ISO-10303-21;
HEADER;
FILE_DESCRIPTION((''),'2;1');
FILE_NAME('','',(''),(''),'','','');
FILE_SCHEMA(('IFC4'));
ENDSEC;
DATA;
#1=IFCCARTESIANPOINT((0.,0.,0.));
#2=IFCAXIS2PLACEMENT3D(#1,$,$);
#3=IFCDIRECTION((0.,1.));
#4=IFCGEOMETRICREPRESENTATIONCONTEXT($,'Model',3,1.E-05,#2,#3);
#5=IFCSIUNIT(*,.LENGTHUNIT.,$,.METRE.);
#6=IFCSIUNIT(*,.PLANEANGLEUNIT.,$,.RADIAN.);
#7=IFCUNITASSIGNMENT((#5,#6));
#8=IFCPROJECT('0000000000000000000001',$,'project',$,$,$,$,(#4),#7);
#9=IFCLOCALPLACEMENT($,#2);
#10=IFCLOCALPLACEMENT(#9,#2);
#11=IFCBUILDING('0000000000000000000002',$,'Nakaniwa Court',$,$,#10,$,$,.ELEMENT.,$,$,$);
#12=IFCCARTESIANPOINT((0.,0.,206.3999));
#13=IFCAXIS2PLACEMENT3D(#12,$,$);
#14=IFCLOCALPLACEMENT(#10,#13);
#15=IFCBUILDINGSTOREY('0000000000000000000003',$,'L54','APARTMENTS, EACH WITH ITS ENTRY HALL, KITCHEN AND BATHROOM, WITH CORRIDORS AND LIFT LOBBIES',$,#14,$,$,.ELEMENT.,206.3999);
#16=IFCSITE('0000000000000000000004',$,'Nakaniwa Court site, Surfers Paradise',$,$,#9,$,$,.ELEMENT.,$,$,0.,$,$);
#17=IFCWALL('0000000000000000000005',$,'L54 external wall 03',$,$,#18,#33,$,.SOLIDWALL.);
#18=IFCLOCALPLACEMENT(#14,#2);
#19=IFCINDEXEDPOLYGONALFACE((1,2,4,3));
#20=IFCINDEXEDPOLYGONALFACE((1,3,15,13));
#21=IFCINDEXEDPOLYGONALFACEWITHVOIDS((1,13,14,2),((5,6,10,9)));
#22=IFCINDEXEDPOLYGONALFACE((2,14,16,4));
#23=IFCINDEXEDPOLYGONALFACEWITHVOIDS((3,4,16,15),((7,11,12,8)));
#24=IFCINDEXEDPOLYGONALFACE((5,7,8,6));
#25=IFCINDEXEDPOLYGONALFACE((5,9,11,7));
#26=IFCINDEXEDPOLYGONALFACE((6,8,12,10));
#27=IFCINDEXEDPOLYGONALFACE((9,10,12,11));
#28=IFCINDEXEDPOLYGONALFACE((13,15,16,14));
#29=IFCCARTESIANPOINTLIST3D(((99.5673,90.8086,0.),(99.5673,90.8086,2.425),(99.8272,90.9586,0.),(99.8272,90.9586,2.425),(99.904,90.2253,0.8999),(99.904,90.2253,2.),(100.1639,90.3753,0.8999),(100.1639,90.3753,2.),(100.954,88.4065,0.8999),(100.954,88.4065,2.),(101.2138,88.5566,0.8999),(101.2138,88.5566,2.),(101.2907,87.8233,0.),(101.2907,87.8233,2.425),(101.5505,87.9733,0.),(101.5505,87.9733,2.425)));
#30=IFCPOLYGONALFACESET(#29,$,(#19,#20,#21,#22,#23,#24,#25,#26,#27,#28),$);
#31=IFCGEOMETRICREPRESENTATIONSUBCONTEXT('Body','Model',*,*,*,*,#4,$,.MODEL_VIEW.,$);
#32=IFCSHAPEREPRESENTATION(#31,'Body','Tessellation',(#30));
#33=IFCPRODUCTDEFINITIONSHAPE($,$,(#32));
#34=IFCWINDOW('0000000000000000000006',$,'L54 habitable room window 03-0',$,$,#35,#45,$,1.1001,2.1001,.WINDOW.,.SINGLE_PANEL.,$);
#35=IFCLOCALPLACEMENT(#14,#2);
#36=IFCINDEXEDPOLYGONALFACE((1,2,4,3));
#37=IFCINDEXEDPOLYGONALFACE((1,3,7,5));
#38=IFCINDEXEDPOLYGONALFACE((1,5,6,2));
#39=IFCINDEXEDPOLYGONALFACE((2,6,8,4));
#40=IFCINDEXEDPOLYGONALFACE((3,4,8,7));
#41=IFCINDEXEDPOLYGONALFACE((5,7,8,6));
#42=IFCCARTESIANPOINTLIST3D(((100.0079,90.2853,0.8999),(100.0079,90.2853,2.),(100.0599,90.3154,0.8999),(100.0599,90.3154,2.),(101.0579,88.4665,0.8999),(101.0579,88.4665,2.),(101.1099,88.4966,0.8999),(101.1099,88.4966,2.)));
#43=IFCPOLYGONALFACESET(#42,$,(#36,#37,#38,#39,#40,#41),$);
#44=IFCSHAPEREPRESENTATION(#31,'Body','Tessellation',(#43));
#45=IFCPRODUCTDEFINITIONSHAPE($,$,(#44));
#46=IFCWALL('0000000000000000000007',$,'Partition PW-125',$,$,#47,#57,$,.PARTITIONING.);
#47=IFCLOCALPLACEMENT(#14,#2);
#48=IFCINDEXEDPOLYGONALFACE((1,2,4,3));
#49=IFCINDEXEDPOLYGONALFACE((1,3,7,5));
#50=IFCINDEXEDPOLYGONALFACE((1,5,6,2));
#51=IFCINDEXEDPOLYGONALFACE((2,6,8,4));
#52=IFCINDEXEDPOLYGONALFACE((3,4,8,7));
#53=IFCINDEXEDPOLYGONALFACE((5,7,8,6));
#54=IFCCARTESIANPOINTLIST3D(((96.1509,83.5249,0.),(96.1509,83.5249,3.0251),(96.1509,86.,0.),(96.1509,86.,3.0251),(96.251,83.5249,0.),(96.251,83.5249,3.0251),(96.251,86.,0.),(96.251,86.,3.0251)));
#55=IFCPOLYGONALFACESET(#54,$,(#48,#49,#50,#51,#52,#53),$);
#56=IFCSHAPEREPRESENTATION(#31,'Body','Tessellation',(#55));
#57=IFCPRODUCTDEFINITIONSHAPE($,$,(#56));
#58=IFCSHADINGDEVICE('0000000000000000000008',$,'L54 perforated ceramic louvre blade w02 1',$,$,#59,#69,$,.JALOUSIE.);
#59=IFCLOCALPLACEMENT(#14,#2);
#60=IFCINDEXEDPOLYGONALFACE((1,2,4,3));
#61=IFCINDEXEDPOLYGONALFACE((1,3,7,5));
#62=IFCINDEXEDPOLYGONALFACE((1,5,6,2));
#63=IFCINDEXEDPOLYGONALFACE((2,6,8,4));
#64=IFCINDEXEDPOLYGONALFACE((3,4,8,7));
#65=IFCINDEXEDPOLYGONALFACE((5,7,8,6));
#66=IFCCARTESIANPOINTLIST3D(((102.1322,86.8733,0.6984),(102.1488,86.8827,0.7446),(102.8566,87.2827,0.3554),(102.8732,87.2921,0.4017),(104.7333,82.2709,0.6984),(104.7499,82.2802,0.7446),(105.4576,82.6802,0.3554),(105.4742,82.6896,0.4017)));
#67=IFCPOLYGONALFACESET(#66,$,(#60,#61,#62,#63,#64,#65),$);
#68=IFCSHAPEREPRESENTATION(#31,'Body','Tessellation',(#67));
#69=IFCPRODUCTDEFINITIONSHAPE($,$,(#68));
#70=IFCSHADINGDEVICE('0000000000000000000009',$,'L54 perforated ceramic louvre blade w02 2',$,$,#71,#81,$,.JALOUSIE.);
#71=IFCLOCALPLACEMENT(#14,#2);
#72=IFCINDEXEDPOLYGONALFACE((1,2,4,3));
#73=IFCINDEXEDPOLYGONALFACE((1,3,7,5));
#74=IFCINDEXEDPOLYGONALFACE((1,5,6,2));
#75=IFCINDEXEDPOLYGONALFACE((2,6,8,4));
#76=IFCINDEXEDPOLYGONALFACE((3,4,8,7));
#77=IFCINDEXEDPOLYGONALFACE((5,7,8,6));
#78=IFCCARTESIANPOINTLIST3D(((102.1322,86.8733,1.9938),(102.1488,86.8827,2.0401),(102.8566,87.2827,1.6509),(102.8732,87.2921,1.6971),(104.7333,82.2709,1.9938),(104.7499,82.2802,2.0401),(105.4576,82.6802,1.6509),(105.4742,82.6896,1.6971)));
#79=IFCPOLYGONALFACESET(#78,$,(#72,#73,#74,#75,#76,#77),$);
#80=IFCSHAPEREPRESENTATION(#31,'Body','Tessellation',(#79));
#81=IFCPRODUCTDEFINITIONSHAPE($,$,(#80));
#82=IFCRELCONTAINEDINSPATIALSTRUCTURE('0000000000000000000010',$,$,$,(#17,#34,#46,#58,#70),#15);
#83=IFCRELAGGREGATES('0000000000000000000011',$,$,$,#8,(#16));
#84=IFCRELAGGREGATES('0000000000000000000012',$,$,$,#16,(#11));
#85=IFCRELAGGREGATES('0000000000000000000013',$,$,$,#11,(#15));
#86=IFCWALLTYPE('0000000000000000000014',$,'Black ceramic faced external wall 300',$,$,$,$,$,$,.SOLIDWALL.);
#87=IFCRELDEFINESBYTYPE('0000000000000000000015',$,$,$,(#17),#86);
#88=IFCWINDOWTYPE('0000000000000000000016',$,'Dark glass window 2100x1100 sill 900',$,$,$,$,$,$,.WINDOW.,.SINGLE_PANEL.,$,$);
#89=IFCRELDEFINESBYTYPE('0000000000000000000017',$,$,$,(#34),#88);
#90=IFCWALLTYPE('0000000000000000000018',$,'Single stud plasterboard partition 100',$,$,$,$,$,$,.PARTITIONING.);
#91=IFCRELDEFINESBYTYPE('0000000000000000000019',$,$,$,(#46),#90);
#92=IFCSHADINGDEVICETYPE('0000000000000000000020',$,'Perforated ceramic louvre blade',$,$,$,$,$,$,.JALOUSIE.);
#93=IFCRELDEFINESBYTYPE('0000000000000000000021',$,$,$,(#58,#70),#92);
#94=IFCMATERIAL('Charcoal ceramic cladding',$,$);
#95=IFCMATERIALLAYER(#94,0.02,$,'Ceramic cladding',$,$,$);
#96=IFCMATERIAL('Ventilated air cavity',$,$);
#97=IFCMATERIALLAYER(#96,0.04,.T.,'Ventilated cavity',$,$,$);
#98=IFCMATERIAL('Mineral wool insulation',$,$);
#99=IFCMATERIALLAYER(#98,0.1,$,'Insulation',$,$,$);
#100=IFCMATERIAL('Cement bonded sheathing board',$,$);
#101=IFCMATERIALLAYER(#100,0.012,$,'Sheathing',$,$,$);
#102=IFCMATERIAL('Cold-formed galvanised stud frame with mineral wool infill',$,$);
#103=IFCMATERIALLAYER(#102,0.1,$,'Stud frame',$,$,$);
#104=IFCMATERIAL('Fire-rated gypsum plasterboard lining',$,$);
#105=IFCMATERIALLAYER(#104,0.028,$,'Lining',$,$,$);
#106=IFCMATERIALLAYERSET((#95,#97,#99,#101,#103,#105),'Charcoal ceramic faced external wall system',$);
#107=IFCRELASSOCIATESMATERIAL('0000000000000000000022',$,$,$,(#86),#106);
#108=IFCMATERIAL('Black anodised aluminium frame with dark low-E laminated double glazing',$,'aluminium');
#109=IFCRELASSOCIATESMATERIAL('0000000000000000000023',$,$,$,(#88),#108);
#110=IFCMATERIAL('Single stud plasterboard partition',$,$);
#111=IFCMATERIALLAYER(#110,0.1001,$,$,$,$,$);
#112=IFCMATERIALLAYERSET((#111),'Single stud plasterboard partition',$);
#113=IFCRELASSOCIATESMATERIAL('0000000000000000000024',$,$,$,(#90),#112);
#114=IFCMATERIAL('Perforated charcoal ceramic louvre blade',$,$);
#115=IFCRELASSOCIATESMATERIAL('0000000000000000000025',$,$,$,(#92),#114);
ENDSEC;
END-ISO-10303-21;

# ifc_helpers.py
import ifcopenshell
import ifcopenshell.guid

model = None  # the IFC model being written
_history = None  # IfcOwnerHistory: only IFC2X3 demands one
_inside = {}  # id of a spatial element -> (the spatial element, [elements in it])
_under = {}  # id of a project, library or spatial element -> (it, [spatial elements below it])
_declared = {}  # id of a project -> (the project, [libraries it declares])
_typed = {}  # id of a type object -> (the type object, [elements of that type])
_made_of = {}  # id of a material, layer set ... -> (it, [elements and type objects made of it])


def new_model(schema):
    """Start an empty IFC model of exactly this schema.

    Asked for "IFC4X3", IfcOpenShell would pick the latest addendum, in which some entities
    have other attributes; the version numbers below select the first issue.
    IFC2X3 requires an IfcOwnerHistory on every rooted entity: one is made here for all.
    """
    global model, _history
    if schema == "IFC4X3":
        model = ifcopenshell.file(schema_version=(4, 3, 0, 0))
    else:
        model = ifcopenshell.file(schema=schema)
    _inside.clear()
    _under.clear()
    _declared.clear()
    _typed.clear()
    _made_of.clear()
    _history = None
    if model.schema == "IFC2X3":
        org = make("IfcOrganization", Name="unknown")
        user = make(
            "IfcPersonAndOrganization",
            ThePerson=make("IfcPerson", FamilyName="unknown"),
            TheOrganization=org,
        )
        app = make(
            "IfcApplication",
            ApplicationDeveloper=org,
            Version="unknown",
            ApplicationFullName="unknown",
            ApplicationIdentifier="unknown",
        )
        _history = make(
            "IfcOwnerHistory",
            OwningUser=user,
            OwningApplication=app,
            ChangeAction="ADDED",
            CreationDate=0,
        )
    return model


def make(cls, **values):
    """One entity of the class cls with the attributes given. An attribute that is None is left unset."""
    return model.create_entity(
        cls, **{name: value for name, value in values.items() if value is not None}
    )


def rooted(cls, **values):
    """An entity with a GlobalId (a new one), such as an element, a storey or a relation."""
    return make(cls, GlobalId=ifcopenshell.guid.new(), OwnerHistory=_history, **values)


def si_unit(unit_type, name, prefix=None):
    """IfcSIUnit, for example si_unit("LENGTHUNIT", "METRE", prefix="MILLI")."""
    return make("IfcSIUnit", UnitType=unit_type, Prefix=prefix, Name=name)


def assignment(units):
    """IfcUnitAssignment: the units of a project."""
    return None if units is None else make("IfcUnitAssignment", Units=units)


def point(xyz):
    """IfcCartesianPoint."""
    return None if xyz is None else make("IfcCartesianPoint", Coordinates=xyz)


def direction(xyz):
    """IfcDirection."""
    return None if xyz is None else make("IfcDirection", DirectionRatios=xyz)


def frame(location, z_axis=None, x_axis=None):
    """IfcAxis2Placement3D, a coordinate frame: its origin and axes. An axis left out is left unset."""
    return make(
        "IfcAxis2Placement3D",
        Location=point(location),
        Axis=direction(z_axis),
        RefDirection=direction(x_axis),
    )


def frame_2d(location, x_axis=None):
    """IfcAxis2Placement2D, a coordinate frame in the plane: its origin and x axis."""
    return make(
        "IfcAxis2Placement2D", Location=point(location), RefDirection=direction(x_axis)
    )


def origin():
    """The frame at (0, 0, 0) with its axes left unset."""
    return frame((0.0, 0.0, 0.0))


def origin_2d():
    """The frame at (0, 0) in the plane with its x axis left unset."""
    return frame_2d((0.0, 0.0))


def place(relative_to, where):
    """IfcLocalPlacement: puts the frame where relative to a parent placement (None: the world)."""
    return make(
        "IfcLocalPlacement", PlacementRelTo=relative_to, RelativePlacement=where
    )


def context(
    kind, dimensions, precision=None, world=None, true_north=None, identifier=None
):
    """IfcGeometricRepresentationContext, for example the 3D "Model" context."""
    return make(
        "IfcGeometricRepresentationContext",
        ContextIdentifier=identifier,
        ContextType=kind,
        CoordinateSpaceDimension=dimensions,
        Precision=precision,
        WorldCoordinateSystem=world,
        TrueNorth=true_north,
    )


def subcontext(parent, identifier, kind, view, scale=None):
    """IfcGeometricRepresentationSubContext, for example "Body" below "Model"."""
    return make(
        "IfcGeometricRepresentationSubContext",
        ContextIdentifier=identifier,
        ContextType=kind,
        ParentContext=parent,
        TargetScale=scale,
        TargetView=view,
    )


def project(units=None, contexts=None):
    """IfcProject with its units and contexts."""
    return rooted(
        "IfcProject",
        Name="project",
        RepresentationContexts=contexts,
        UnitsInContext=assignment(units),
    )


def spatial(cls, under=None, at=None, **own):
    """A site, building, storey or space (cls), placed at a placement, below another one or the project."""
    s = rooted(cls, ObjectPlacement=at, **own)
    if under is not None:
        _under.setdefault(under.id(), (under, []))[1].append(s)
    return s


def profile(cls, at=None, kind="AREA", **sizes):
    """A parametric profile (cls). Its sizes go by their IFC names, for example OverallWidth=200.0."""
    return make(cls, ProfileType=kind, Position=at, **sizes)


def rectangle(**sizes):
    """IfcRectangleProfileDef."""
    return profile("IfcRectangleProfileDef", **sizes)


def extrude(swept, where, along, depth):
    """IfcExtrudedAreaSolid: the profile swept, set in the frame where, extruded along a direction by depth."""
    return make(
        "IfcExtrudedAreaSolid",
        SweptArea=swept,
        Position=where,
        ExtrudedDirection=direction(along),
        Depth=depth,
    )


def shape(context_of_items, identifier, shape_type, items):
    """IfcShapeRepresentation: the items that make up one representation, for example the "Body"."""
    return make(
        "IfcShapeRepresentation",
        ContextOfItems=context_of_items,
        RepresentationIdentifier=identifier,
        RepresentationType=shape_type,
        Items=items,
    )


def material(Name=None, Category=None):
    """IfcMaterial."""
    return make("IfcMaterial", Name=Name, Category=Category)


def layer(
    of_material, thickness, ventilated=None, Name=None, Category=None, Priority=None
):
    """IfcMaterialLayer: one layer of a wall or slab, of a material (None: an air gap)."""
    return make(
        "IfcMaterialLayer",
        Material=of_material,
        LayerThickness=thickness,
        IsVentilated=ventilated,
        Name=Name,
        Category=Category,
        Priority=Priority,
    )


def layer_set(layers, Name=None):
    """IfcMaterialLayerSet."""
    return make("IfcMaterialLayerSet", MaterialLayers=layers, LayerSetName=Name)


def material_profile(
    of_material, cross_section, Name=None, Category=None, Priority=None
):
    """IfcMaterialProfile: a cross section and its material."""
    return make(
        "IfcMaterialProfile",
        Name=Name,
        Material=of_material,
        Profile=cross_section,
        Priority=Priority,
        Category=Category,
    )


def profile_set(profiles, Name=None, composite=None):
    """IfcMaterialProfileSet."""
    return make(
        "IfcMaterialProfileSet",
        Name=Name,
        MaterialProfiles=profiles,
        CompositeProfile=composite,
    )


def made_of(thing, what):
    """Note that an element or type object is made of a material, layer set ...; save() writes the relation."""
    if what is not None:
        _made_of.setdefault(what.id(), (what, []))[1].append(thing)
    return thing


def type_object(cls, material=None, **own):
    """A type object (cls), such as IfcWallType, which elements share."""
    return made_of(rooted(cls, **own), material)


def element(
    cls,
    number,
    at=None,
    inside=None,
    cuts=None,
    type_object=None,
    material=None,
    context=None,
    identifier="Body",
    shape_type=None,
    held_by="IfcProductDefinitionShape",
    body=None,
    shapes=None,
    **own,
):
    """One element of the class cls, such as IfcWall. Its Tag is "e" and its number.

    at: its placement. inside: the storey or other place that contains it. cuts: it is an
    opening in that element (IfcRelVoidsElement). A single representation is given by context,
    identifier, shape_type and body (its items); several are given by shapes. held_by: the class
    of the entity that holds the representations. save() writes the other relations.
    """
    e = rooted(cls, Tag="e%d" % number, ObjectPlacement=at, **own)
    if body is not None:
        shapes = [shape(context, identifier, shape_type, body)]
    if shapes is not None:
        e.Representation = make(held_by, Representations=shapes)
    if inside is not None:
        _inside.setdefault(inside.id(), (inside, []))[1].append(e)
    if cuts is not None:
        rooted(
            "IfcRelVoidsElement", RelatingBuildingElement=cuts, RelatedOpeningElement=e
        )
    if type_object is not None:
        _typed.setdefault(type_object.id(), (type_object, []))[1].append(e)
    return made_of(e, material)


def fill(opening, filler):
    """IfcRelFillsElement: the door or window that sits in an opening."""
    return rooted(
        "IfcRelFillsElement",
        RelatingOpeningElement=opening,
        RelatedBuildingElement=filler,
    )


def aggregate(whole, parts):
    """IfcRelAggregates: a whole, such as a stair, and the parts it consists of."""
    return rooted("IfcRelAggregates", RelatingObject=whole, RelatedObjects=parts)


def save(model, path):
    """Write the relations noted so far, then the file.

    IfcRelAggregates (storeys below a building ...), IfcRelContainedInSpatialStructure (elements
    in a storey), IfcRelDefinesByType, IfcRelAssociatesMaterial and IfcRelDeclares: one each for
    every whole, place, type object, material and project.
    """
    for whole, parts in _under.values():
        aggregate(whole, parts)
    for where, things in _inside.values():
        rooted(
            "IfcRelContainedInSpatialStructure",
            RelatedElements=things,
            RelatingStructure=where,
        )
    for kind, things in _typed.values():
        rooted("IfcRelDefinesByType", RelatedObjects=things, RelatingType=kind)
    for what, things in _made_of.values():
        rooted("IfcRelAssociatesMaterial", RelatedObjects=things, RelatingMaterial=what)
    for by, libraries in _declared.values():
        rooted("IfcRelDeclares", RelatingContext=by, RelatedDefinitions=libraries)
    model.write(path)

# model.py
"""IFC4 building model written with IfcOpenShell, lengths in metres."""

from ifc_helpers import new_model, si_unit, direction, frame, frame_2d, origin, origin_2d, place, context, subcontext, project, spatial, rectangle, extrude, material, layer, layer_set, material_profile, profile_set, type_object, element, fill, save


model = new_model("IFC4")

# Units and contexts
model_context = context("Model", 3, precision=1e-05, world=origin(), true_north=direction((0.0, 1.0)))
body_context = subcontext(model_context, "Body", "Model", "MODEL_VIEW")
ifc_project = project(units=[si_unit("LENGTHUNIT", "METRE"), si_unit("PLANEANGLEUNIT", "RADIAN")], contexts=[model_context])

# Site, building, storey
site_placement = place(None, origin())
site = spatial("IfcSite", under=ifc_project, at=site_placement, Name="Nakaniwa Court site, Surfers Paradise", CompositionType="ELEMENT", RefElevation=0.0)
building_placement = place(site_placement, origin())
building = spatial("IfcBuilding", under=site, at=building_placement, Name="Nakaniwa Court", CompositionType="ELEMENT")
storey_placement = place(building_placement, frame((0.0, 0.0, 206.3999)))
storey = spatial("IfcBuildingStorey", under=building, at=storey_placement, Name="L54", Description="APARTMENTS, EACH WITH ITS ENTRY HALL, KITCHEN AND BATHROOM, WITH CORRIDORS AND LIFT LOBBIES", CompositionType="ELEMENT", Elevation=206.3999)

# Wall, opening, window
ifc_material_1 = material(Name="Charcoal ceramic cladding")
ifc_layer_1 = layer(ifc_material_1, 0.02, Name="Ceramic cladding")
ifc_material_2 = material(Name="Ventilated air cavity")
ifc_layer_2 = layer(ifc_material_2, 0.04, ventilated=True, Name="Ventilated cavity")
ifc_material_3 = material(Name="Mineral wool insulation")
ifc_layer_3 = layer(ifc_material_3, 0.1, Name="Insulation")
ifc_material_4 = material(Name="Cement bonded sheathing board")
ifc_layer_4 = layer(ifc_material_4, 0.012, Name="Sheathing")
ifc_material_5 = material(Name="Cold-formed galvanised stud frame with mineral wool infill")
ifc_layer_5 = layer(ifc_material_5, 0.1, Name="Stud frame")
ifc_material_6 = material(Name="Fire-rated gypsum plasterboard lining")
ifc_layer_6 = layer(ifc_material_6, 0.028, Name="Lining")
ifc_layer_set_1 = layer_set([ifc_layer_1, ifc_layer_2, ifc_layer_3, ifc_layer_4, ifc_layer_5, ifc_layer_6], Name="Charcoal ceramic faced external wall system")
wall_type_1 = type_object("IfcWallType", Name="Black ceramic faced external wall 300", PredefinedType="SOLIDWALL", material=ifc_layer_set_1)
ifc_material_7 = material(Name="Black anodised aluminium frame with dark low-E laminated double glazing", Category="aluminium")
window_type_1 = type_object("IfcWindowType", Name="Dark glass window 2100x1100 sill 900", PartitioningType="SINGLE_PANEL", PredefinedType="WINDOW", material=ifc_material_7)
wall_1_placement = place(storey_placement, frame((101.4207, 87.8982, 0.0), z_axis=(0.0, 0.0, 1.0), x_axis=(-0.499955, 0.866051, 0.0)))
wall_1 = element("IfcWall", 1, at=wall_1_placement, inside=storey, type_object=wall_type_1, Name="L54 external wall 03", PredefinedType="SOLIDWALL", context=body_context, shape_type="SweptSolid", body=[
    extrude(rectangle(XDim=3.447, YDim=0.3, at=frame_2d((1.7236, 0.0))), origin(), (0.0, 0.0, 1.0), 2.425),
])
opening_1_placement = place(wall_1_placement, frame((0.6736, 0.0, 0.8999)))
opening_1 = element("IfcOpeningElement", 2, at=opening_1_placement, cuts=wall_1, PredefinedType="OPENING", context=body_context, shape_type="SweptSolid", body=[
    extrude(rectangle(XDim=2.1001, YDim=1.1001, at=frame_2d((1.05, 0.55))), frame((0.0, 0.1599, 0.0), z_axis=(0.0, -1.0, 0.0), x_axis=(1.0, 0.0, 0.0)), (0.0, 0.0, 1.0), 0.3201),
])
window_1_placement = place(opening_1_placement, origin())
window_1 = element("IfcWindow", 3, at=window_1_placement, inside=storey, type_object=window_type_1, Name="L54 habitable room window 03-0", OverallHeight=1.1001, OverallWidth=2.1001, PartitioningType="SINGLE_PANEL", PredefinedType="WINDOW", context=body_context, shape_type="SweptSolid", body=[
    extrude(rectangle(XDim=2.1001, YDim=1.1001, at=frame_2d((1.05, 0.55))), frame((0.0, 0.03, 0.0), z_axis=(0.0, -1.0, 0.0), x_axis=(1.0, 0.0, 0.0)), (0.0, 0.0, 1.0), 0.0601),
])
fill(opening_1, window_1)

# Wall
ifc_material_8 = material(Name="Single stud plasterboard partition")
ifc_layer_7 = layer(ifc_material_8, 0.1001)
ifc_layer_set_2 = layer_set([ifc_layer_7], Name="Single stud plasterboard partition")
wall_type_2 = type_object("IfcWallType", Name="Single stud plasterboard partition 100", PredefinedType="PARTITIONING", material=ifc_layer_set_2)
wall_2_placement = place(storey_placement, frame((96.2009, 83.5249, 0.0), z_axis=(0.0, 0.0, 1.0), x_axis=(0.0, 1.0, 0.0)))
element("IfcWall", 4, at=wall_2_placement, inside=storey, type_object=wall_type_2, Name="Partition PW-125", PredefinedType="PARTITIONING", context=body_context, shape_type="SweptSolid", body=[
    extrude(rectangle(XDim=2.4751, YDim=0.1001, at=frame_2d((1.2375, 0.0))), origin(), (0.0, 0.0, 1.0), 3.0251),
])

# Shading devices
ifc_material_9 = material(Name="Perforated charcoal ceramic louvre blade")
ifc_material_profile_1 = material_profile(ifc_material_9, rectangle(XDim=0.8999, YDim=0.05, at=origin_2d()), Name="Perforated ceramic louvre blade")
ifc_profile_set_1 = profile_set([ifc_material_profile_1], Name="Perforated charcoal ceramic louvre blade")
shading_device_type = type_object("IfcShadingDeviceType", Name="Perforated ceramic louvre blade", PredefinedType="JALOUSIE", material=ifc_profile_set_1)
for number, where, z_axis, x_axis, name in (
    (5, (105.1038, 82.4802, 0.55), (-0.492006, 0.870592, 0.0), (-0.804902, -0.454882, 0.38107), "L54 perforated ceramic louvre blade w02 1"),
    (6, (105.1038, 82.4802, 1.8455), (-0.492006, 0.870592, 0.0), (-0.804902, -0.454882, 0.38107), "L54 perforated ceramic louvre blade w02 2"),
):
    element("IfcShadingDevice", number, at=place(storey_placement, frame(where, z_axis=z_axis, x_axis=x_axis)), inside=storey, type_object=shading_device_type, Name=name, PredefinedType="JALOUSIE", context=body_context, shape_type="SweptSolid", body=[
        extrude(rectangle(XDim=0.8999, YDim=0.05, at=origin_2d()), origin(), (0.0, 0.0, 1.0), 5.2866),
    ])

save(model, "model.ifc")
